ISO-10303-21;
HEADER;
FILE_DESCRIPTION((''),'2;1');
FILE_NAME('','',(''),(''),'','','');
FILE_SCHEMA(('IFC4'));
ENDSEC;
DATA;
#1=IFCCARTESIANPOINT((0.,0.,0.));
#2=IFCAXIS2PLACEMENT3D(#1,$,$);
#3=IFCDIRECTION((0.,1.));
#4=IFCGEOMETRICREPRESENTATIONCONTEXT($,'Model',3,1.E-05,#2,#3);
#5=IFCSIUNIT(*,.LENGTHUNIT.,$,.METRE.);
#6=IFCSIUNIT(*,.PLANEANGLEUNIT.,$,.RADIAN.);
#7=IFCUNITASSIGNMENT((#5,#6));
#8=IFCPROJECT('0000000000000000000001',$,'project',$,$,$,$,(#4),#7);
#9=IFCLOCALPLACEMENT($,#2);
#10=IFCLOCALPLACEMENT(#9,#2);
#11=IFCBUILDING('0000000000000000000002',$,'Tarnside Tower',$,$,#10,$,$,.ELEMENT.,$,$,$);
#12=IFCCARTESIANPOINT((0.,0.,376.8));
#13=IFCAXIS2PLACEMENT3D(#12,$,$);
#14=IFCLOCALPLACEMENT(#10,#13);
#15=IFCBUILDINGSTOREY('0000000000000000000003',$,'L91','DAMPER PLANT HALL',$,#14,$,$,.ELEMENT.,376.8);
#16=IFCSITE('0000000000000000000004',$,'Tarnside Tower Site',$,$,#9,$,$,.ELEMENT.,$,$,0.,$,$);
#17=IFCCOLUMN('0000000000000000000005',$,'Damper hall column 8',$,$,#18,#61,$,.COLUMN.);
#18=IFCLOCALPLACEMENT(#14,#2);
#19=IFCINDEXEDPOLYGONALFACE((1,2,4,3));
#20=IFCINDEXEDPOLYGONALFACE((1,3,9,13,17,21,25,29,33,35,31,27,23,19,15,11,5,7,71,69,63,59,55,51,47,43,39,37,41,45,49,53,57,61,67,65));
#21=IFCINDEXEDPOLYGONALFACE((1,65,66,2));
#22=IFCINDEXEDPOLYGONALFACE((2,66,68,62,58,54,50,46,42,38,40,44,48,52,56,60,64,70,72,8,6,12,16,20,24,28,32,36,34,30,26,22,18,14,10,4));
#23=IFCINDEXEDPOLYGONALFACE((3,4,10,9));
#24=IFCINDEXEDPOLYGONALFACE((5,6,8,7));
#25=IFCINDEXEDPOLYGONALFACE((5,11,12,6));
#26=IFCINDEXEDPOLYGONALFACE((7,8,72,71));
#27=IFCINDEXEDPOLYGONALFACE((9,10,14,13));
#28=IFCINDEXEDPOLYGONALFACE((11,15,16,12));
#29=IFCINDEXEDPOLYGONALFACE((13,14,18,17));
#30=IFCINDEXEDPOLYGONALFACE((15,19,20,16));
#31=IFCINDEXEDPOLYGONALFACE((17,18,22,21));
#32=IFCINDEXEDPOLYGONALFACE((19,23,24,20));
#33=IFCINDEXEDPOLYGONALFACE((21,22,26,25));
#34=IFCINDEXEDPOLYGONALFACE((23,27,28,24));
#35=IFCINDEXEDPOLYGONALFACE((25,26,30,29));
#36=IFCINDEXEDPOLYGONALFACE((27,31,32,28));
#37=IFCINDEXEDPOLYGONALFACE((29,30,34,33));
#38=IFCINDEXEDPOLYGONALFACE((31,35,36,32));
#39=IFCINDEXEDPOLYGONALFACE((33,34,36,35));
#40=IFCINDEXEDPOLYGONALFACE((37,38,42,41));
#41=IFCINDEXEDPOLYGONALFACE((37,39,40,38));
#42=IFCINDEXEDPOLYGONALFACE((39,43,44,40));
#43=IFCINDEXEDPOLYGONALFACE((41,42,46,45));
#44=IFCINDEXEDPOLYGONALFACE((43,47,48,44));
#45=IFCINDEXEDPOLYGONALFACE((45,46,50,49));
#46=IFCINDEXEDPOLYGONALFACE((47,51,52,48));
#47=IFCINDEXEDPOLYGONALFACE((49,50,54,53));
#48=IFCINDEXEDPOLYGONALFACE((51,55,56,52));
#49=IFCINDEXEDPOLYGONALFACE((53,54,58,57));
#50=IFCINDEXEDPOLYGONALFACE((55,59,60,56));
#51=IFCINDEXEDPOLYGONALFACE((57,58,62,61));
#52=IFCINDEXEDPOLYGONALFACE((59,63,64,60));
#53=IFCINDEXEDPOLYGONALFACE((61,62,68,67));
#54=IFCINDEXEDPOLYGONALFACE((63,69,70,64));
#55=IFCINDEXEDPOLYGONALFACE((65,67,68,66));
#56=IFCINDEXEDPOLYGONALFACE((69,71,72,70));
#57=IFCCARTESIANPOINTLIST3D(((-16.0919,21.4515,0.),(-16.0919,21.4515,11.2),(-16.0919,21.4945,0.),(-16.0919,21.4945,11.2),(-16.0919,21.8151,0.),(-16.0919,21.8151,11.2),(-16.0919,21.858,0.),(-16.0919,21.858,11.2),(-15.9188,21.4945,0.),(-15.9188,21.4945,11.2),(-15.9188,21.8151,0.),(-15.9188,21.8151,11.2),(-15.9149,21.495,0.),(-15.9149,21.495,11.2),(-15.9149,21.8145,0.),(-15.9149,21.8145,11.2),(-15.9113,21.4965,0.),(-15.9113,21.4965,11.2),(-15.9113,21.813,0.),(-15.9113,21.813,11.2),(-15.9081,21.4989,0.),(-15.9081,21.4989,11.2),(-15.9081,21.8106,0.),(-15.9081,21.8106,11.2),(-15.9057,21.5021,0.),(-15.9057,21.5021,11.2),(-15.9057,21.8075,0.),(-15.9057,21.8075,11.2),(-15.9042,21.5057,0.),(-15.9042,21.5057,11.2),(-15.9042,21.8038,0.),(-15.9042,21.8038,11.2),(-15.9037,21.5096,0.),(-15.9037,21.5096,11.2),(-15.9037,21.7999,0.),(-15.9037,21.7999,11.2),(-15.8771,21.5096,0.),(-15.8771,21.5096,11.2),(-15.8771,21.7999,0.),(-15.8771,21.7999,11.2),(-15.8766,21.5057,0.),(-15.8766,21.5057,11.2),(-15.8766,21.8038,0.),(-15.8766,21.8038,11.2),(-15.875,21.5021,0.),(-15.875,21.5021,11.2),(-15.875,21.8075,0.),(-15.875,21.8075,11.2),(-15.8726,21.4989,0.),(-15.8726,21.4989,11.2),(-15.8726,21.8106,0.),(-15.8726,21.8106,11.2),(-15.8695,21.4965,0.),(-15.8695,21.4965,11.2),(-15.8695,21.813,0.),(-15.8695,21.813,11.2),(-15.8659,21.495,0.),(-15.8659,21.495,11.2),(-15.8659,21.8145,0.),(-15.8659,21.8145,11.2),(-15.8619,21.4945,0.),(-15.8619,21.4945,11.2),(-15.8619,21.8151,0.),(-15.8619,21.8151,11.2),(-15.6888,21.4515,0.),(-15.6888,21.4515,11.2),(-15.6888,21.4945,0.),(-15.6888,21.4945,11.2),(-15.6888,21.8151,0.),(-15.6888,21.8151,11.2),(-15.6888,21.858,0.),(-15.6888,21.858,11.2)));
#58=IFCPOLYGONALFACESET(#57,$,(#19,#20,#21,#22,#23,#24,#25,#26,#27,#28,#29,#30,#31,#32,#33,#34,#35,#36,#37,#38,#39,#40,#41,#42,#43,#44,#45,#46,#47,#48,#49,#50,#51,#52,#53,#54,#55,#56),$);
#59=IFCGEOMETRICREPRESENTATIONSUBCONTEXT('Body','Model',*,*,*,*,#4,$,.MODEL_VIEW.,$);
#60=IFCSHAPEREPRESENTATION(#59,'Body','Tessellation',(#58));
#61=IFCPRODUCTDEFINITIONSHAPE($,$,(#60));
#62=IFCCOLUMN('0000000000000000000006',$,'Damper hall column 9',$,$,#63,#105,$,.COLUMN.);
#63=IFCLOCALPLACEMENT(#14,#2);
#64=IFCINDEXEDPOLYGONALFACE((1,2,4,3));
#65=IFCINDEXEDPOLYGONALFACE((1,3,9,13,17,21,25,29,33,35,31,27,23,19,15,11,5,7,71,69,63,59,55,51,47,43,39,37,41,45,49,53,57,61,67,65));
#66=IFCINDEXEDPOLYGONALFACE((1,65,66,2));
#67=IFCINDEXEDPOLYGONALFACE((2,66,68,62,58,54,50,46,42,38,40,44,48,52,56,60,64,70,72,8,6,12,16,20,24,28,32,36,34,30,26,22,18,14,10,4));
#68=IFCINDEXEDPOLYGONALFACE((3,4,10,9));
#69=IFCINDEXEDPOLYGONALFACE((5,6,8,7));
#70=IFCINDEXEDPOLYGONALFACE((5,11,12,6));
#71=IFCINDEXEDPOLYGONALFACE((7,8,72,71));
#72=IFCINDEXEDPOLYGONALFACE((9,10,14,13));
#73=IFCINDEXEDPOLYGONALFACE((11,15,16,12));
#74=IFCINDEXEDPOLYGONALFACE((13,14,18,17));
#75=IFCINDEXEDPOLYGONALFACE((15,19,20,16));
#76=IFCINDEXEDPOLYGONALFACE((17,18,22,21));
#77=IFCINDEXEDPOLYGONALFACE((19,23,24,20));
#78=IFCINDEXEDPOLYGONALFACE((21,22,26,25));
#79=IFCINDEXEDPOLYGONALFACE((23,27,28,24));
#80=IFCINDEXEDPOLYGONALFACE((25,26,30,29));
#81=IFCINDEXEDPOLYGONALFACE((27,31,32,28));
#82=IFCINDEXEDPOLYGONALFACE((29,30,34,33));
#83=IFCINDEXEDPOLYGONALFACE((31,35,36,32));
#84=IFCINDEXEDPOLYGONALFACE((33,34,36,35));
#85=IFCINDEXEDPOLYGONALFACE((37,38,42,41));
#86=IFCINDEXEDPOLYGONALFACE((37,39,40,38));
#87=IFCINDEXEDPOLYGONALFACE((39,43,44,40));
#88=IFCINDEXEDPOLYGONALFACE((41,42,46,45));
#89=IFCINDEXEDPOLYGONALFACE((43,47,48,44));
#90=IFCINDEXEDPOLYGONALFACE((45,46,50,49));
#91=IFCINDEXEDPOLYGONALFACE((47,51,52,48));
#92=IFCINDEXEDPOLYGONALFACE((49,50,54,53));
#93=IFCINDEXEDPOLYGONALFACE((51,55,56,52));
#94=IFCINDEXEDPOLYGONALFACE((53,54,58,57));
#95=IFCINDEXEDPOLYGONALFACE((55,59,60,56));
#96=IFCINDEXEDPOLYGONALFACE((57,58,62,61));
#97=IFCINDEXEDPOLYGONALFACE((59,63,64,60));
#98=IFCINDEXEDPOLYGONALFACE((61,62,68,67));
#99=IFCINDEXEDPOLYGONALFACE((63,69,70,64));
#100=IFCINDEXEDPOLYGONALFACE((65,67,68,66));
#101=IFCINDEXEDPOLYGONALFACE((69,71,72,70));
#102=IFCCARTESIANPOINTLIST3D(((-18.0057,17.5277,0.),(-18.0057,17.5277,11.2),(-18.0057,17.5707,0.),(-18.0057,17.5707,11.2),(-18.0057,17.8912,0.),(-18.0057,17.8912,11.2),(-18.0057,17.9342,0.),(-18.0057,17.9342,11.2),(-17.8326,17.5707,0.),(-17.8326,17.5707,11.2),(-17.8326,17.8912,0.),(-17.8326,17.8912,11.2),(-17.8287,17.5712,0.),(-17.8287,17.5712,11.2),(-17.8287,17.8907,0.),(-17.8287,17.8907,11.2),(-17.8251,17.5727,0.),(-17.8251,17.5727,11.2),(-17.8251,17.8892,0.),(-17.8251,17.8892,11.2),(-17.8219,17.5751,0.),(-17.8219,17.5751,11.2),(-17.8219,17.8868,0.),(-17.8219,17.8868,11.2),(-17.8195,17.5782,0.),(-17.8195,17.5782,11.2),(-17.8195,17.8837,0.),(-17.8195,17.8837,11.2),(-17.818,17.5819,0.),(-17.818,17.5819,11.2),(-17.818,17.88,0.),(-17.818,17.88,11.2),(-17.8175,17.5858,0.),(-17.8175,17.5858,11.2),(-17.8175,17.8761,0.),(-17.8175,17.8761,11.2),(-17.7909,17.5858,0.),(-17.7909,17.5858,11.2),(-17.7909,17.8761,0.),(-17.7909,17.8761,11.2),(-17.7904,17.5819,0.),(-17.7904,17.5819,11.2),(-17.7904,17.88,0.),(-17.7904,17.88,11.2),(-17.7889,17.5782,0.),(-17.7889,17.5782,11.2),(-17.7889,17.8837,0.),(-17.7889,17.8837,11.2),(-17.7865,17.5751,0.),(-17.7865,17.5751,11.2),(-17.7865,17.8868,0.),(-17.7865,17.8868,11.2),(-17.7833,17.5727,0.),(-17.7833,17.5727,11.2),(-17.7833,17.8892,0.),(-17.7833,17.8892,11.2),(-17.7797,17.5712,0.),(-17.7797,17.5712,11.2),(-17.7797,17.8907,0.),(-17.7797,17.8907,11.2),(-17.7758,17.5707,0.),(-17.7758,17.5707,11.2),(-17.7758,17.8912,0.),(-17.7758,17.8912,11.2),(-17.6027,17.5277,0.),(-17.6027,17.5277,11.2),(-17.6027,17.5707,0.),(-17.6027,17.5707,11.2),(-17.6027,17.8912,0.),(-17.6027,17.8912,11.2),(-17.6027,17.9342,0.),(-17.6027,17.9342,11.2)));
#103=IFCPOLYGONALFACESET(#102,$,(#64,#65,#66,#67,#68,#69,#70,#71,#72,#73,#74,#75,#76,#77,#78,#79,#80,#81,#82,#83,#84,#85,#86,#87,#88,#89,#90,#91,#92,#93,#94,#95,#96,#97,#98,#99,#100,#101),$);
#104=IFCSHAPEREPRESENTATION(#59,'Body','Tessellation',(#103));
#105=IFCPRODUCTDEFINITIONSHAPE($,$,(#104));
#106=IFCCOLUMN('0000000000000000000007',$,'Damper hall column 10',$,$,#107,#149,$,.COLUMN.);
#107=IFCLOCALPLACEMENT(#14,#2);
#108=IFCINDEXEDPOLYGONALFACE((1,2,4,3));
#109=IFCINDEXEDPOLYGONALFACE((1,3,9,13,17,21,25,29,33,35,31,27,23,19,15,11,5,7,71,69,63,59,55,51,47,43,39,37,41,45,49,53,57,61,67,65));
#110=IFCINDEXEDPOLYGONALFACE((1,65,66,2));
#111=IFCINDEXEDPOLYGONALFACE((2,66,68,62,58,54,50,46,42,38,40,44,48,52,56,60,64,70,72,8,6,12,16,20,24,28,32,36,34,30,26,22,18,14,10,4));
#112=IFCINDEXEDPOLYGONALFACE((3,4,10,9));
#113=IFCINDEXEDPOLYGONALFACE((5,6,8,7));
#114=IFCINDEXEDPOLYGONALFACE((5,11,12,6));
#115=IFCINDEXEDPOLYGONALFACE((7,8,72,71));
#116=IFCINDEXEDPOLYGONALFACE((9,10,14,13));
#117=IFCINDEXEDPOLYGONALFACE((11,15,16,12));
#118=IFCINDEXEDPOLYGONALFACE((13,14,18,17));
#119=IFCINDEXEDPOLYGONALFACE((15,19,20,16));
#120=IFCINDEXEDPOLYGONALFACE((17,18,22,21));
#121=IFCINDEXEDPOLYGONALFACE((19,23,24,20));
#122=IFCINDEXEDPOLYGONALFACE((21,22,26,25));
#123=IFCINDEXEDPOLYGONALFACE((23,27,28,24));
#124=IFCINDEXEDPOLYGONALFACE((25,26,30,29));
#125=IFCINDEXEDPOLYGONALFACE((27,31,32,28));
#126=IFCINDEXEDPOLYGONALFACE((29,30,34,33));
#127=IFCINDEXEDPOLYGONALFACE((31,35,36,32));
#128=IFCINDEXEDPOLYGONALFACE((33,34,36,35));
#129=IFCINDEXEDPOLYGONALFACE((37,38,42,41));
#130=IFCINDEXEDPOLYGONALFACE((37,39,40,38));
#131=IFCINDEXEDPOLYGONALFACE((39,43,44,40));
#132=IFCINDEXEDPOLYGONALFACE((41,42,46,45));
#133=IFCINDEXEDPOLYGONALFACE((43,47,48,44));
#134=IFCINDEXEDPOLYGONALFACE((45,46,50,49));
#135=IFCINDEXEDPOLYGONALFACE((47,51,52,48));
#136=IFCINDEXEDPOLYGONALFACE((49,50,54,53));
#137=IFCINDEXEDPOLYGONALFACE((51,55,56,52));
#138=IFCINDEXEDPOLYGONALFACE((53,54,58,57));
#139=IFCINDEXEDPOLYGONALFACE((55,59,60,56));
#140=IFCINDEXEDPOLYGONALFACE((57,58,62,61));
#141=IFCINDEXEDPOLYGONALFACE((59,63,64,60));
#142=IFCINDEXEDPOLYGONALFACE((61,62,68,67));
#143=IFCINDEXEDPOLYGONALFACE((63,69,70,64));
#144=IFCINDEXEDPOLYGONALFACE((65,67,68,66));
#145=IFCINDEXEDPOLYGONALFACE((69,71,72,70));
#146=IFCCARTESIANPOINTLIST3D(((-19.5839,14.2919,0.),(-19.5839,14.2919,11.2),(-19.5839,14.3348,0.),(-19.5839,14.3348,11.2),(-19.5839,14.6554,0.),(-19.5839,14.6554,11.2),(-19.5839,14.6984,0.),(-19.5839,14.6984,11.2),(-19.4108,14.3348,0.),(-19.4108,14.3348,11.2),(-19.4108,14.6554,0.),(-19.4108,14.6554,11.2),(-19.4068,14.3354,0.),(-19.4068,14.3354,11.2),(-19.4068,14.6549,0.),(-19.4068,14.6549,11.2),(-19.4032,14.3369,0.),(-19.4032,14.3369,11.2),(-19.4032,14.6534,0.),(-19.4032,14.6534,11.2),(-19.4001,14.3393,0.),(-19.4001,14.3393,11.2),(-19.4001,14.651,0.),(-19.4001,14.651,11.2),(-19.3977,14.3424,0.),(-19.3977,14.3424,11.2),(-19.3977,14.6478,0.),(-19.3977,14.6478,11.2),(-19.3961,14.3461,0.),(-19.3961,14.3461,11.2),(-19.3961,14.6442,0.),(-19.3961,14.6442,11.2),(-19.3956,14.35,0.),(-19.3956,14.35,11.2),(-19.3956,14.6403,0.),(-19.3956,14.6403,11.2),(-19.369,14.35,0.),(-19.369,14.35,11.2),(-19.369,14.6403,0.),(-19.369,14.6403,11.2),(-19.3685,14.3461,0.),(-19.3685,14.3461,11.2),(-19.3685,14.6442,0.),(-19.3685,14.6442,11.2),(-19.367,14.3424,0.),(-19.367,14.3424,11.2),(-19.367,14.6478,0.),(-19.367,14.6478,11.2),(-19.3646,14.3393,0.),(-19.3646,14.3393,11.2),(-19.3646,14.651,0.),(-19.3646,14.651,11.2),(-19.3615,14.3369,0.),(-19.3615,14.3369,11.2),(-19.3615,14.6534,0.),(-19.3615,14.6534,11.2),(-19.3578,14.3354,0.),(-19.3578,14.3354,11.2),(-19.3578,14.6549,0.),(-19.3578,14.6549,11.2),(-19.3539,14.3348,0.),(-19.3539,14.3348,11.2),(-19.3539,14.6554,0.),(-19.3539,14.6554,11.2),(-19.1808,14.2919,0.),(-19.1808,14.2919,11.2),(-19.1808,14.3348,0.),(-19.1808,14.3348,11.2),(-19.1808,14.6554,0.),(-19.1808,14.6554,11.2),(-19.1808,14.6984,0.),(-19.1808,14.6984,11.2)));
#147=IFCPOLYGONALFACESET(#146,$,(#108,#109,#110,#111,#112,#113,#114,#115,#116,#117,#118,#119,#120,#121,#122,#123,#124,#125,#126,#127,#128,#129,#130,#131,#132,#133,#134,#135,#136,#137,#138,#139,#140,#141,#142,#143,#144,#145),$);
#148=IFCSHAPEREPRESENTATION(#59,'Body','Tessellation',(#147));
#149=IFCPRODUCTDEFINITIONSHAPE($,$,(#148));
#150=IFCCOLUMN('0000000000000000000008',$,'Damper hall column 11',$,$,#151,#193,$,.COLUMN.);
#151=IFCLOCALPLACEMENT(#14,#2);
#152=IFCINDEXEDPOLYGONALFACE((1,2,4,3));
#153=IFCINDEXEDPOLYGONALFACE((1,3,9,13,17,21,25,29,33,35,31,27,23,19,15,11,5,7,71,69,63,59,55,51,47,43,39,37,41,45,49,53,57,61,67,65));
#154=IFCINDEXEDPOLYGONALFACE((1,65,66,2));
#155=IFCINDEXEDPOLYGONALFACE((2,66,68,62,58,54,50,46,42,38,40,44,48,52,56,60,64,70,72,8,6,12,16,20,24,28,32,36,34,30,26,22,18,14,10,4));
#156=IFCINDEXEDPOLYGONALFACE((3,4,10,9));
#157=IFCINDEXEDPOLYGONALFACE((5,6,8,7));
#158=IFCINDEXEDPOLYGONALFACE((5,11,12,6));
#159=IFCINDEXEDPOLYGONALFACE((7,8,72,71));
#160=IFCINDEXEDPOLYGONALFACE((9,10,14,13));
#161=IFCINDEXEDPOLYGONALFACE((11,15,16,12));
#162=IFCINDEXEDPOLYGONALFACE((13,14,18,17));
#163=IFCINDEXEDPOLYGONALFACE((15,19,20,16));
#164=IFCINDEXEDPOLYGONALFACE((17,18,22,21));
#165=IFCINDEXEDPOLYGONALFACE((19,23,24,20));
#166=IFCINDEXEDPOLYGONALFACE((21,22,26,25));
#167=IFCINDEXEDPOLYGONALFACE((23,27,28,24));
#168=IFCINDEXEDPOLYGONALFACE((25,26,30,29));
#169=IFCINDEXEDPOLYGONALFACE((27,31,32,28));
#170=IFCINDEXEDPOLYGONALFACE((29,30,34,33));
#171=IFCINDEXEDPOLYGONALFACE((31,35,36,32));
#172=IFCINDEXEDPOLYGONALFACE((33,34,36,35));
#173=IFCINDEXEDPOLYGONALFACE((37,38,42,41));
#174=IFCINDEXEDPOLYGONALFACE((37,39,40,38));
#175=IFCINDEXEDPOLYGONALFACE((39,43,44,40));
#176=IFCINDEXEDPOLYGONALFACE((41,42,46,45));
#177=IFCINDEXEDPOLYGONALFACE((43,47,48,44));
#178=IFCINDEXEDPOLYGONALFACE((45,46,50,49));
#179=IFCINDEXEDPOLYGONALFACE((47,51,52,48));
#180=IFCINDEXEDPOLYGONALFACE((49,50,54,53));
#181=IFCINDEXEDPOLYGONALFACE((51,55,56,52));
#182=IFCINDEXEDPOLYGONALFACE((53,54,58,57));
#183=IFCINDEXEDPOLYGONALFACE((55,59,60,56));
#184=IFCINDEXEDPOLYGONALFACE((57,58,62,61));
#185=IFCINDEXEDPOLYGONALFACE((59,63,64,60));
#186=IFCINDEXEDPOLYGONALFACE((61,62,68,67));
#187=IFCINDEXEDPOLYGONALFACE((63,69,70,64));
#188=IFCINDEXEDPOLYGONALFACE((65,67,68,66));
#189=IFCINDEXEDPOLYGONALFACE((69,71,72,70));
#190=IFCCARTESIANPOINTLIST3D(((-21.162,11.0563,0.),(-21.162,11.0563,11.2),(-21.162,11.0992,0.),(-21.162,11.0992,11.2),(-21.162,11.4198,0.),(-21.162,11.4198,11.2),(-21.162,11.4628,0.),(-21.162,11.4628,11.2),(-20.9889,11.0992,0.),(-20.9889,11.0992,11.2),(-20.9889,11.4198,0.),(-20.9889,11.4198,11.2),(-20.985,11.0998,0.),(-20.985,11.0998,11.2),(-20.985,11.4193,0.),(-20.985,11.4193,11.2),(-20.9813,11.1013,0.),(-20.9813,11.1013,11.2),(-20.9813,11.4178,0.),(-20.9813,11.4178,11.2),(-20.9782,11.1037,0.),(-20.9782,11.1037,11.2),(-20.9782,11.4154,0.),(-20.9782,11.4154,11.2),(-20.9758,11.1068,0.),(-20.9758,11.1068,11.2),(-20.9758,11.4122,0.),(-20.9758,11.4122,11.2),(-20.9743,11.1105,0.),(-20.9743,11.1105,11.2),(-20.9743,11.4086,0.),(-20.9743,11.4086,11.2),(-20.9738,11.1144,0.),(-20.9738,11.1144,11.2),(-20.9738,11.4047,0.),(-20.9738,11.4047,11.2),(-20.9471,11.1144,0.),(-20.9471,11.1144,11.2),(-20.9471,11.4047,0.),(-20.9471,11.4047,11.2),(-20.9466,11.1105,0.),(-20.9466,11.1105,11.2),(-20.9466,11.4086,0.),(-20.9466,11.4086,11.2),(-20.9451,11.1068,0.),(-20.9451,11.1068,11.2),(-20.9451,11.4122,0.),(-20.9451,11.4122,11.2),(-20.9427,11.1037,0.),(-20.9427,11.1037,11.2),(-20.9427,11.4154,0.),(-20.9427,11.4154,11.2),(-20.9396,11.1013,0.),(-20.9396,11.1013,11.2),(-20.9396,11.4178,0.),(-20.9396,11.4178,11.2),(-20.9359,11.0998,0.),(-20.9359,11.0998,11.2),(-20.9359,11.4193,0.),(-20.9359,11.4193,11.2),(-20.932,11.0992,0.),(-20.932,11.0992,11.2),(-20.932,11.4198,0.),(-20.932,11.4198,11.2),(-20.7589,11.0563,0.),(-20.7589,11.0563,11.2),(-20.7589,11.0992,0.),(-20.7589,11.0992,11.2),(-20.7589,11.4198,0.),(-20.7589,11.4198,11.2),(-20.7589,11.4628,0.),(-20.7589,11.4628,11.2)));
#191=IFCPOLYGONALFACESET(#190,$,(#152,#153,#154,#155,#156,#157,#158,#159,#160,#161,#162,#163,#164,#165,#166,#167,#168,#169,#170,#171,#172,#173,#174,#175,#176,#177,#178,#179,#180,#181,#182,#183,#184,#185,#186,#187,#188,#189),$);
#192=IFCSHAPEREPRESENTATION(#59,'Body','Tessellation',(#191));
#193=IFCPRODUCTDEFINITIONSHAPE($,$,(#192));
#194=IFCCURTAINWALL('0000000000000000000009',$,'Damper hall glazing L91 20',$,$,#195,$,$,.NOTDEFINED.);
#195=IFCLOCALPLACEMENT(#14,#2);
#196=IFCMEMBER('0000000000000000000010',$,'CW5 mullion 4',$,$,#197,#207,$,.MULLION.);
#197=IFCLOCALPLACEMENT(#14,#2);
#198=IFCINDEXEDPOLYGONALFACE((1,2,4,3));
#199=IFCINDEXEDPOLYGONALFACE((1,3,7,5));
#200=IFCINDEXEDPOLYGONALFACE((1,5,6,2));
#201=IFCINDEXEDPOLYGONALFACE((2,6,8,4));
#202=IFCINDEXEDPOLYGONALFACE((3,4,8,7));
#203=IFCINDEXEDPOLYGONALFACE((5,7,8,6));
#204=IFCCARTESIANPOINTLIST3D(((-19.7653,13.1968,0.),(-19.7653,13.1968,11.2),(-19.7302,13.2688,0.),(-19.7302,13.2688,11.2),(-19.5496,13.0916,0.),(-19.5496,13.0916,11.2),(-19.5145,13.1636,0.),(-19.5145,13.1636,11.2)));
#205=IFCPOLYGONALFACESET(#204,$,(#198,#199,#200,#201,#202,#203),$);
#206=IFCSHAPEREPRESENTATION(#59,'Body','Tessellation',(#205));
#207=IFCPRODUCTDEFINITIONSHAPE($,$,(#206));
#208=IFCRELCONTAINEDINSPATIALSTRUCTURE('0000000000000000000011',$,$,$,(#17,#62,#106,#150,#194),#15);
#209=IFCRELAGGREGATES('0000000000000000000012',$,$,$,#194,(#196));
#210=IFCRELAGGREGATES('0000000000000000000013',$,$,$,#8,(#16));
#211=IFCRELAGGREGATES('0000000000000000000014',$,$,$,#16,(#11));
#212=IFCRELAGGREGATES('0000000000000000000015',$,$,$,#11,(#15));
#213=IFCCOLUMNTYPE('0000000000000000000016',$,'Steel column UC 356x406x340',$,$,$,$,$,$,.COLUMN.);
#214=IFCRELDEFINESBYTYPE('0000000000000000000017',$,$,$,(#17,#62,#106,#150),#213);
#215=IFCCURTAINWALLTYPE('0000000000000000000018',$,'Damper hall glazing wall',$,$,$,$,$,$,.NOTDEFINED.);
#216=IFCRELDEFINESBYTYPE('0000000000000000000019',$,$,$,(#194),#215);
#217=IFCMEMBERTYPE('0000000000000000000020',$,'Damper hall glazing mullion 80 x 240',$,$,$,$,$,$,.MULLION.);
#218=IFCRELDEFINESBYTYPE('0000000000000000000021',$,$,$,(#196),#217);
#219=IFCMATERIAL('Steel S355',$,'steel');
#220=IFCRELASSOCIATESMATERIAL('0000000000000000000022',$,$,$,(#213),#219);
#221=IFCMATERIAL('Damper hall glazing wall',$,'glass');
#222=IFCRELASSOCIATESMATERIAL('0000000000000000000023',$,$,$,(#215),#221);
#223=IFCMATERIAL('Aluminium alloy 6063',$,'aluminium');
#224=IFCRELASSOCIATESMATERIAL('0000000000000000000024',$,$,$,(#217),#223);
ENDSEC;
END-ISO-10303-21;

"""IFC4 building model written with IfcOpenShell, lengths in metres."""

from ifc_helpers import new_model, si_unit, direction, frame, origin, origin_2d, place, context, subcontext, project, spatial, rectangle, i_section, extrude, material, material_profile, profile_set, type_object, element, aggregate, save


model = new_model("IFC4")

# Units and contexts
model_context = context("Model", 3, precision=1e-05, world=origin(), true_north=direction((0.0, 1.0)))
body_context = subcontext(model_context, "Body", "Model", "MODEL_VIEW")
ifc_project = project(units=[si_unit("LENGTHUNIT", "METRE"), si_unit("PLANEANGLEUNIT", "RADIAN")], contexts=[model_context])

# Site, building, storey
site_placement = place(None, origin())
site = spatial("IfcSite", under=ifc_project, at=site_placement, Name="Tarnside Tower Site", CompositionType="ELEMENT", RefElevation=0.0)
building_placement = place(site_placement, origin())
building = spatial("IfcBuilding", under=site, at=building_placement, Name="Tarnside Tower", CompositionType="ELEMENT")
storey_placement = place(building_placement, frame((0.0, 0.0, 376.8)))
storey = spatial("IfcBuildingStorey", under=building, at=storey_placement, Name="L91", Description="DAMPER PLANT HALL", CompositionType="ELEMENT", Elevation=376.8)

# Columns
ifc_material_1 = material(Name="Steel S355", Category="steel")
ifc_material_profile_1 = material_profile(ifc_material_1, i_section(OverallWidth=0.4031, OverallDepth=0.4065, WebThickness=0.0266, FlangeThickness=0.043, FilletRadius=0.0151, at=origin_2d()), Name="UC 356x406x340")
ifc_profile_set_1 = profile_set([ifc_material_profile_1], Name="Steel S355")
column_type = type_object("IfcColumnType", Name="Steel column UC 356x406x340", PredefinedType="COLUMN", material=ifc_profile_set_1)
for number, where, z_axis, x_axis, name in (
    (1, (-15.8904, 21.6548, 0.0), (0.0, 0.0, 1.0), (1.0, 0.0, 0.0), "Damper hall column 8"),
    (2, (-17.8042, 17.731, 0.0), (0.0, 0.0, 1.0), (1.0, 0.0, 0.0), "Damper hall column 9"),
    (3, (-19.3823, 14.4951, 0.0), (0.0, 0.0, 1.0), (1.0, 0.0, 0.0), "Damper hall column 10"),
    (4, (-20.9604, 11.2595, 0.0), (0.0, 0.0, 1.0), (1.0, 0.0, 0.0), "Damper hall column 11"),
):
    element("IfcColumn", number, at=place(storey_placement, frame(where, z_axis=z_axis, x_axis=x_axis)), inside=storey, type_object=column_type, Name=name, PredefinedType="COLUMN", context=body_context, shape_type="SweptSolid", body=[
        extrude(i_section(OverallWidth=0.4031, OverallDepth=0.4065, WebThickness=0.0266, FlangeThickness=0.043, FilletRadius=0.0151, at=origin_2d()), origin(), (0.0, 0.0, 1.0), 11.2),
    ])

# Curtain wall, member
ifc_material_2 = material(Name="Damper hall glazing wall", Category="glass")
curtain_wall_type = type_object("IfcCurtainWallType", Name="Damper hall glazing wall", PredefinedType="NOTDEFINED", material=ifc_material_2)
curtain_wall_1_placement = place(storey_placement, origin())
curtain_wall_1 = element("IfcCurtainWall", 5, at=curtain_wall_1_placement, inside=storey, type_object=curtain_wall_type, Name="Damper hall glazing L91 20", PredefinedType="NOTDEFINED")
ifc_material_3 = material(Name="Aluminium alloy 6063", Category="aluminium")
ifc_material_profile_2 = material_profile(ifc_material_3, rectangle(XDim=0.24, YDim=0.0801, at=origin_2d()), Name="Damper hall glazing mullion 80 x 240")
ifc_profile_set_2 = profile_set([ifc_material_profile_2], Name="Aluminium alloy 6063")
member_type_1 = type_object("IfcMemberType", Name="Damper hall glazing mullion 80 x 240", PredefinedType="MULLION", material=ifc_profile_set_2)
member_1_placement = place(storey_placement, frame((-19.6399, 13.1802, 0.0), z_axis=(0.0, 0.0, 1.0), x_axis=(-0.898794, 0.438371, 0.0)))
member_1 = element("IfcMember", 6, at=member_1_placement, type_object=member_type_1, Name="CW5 mullion 4", PredefinedType="MULLION", context=body_context, shape_type="SweptSolid", body=[
    extrude(rectangle(XDim=0.24, YDim=0.0801, at=origin_2d()), origin(), (0.0, 0.0, 1.0), 11.2),
])

aggregate(curtain_wall_1, [member_1])

save(model, "model.ifc")
